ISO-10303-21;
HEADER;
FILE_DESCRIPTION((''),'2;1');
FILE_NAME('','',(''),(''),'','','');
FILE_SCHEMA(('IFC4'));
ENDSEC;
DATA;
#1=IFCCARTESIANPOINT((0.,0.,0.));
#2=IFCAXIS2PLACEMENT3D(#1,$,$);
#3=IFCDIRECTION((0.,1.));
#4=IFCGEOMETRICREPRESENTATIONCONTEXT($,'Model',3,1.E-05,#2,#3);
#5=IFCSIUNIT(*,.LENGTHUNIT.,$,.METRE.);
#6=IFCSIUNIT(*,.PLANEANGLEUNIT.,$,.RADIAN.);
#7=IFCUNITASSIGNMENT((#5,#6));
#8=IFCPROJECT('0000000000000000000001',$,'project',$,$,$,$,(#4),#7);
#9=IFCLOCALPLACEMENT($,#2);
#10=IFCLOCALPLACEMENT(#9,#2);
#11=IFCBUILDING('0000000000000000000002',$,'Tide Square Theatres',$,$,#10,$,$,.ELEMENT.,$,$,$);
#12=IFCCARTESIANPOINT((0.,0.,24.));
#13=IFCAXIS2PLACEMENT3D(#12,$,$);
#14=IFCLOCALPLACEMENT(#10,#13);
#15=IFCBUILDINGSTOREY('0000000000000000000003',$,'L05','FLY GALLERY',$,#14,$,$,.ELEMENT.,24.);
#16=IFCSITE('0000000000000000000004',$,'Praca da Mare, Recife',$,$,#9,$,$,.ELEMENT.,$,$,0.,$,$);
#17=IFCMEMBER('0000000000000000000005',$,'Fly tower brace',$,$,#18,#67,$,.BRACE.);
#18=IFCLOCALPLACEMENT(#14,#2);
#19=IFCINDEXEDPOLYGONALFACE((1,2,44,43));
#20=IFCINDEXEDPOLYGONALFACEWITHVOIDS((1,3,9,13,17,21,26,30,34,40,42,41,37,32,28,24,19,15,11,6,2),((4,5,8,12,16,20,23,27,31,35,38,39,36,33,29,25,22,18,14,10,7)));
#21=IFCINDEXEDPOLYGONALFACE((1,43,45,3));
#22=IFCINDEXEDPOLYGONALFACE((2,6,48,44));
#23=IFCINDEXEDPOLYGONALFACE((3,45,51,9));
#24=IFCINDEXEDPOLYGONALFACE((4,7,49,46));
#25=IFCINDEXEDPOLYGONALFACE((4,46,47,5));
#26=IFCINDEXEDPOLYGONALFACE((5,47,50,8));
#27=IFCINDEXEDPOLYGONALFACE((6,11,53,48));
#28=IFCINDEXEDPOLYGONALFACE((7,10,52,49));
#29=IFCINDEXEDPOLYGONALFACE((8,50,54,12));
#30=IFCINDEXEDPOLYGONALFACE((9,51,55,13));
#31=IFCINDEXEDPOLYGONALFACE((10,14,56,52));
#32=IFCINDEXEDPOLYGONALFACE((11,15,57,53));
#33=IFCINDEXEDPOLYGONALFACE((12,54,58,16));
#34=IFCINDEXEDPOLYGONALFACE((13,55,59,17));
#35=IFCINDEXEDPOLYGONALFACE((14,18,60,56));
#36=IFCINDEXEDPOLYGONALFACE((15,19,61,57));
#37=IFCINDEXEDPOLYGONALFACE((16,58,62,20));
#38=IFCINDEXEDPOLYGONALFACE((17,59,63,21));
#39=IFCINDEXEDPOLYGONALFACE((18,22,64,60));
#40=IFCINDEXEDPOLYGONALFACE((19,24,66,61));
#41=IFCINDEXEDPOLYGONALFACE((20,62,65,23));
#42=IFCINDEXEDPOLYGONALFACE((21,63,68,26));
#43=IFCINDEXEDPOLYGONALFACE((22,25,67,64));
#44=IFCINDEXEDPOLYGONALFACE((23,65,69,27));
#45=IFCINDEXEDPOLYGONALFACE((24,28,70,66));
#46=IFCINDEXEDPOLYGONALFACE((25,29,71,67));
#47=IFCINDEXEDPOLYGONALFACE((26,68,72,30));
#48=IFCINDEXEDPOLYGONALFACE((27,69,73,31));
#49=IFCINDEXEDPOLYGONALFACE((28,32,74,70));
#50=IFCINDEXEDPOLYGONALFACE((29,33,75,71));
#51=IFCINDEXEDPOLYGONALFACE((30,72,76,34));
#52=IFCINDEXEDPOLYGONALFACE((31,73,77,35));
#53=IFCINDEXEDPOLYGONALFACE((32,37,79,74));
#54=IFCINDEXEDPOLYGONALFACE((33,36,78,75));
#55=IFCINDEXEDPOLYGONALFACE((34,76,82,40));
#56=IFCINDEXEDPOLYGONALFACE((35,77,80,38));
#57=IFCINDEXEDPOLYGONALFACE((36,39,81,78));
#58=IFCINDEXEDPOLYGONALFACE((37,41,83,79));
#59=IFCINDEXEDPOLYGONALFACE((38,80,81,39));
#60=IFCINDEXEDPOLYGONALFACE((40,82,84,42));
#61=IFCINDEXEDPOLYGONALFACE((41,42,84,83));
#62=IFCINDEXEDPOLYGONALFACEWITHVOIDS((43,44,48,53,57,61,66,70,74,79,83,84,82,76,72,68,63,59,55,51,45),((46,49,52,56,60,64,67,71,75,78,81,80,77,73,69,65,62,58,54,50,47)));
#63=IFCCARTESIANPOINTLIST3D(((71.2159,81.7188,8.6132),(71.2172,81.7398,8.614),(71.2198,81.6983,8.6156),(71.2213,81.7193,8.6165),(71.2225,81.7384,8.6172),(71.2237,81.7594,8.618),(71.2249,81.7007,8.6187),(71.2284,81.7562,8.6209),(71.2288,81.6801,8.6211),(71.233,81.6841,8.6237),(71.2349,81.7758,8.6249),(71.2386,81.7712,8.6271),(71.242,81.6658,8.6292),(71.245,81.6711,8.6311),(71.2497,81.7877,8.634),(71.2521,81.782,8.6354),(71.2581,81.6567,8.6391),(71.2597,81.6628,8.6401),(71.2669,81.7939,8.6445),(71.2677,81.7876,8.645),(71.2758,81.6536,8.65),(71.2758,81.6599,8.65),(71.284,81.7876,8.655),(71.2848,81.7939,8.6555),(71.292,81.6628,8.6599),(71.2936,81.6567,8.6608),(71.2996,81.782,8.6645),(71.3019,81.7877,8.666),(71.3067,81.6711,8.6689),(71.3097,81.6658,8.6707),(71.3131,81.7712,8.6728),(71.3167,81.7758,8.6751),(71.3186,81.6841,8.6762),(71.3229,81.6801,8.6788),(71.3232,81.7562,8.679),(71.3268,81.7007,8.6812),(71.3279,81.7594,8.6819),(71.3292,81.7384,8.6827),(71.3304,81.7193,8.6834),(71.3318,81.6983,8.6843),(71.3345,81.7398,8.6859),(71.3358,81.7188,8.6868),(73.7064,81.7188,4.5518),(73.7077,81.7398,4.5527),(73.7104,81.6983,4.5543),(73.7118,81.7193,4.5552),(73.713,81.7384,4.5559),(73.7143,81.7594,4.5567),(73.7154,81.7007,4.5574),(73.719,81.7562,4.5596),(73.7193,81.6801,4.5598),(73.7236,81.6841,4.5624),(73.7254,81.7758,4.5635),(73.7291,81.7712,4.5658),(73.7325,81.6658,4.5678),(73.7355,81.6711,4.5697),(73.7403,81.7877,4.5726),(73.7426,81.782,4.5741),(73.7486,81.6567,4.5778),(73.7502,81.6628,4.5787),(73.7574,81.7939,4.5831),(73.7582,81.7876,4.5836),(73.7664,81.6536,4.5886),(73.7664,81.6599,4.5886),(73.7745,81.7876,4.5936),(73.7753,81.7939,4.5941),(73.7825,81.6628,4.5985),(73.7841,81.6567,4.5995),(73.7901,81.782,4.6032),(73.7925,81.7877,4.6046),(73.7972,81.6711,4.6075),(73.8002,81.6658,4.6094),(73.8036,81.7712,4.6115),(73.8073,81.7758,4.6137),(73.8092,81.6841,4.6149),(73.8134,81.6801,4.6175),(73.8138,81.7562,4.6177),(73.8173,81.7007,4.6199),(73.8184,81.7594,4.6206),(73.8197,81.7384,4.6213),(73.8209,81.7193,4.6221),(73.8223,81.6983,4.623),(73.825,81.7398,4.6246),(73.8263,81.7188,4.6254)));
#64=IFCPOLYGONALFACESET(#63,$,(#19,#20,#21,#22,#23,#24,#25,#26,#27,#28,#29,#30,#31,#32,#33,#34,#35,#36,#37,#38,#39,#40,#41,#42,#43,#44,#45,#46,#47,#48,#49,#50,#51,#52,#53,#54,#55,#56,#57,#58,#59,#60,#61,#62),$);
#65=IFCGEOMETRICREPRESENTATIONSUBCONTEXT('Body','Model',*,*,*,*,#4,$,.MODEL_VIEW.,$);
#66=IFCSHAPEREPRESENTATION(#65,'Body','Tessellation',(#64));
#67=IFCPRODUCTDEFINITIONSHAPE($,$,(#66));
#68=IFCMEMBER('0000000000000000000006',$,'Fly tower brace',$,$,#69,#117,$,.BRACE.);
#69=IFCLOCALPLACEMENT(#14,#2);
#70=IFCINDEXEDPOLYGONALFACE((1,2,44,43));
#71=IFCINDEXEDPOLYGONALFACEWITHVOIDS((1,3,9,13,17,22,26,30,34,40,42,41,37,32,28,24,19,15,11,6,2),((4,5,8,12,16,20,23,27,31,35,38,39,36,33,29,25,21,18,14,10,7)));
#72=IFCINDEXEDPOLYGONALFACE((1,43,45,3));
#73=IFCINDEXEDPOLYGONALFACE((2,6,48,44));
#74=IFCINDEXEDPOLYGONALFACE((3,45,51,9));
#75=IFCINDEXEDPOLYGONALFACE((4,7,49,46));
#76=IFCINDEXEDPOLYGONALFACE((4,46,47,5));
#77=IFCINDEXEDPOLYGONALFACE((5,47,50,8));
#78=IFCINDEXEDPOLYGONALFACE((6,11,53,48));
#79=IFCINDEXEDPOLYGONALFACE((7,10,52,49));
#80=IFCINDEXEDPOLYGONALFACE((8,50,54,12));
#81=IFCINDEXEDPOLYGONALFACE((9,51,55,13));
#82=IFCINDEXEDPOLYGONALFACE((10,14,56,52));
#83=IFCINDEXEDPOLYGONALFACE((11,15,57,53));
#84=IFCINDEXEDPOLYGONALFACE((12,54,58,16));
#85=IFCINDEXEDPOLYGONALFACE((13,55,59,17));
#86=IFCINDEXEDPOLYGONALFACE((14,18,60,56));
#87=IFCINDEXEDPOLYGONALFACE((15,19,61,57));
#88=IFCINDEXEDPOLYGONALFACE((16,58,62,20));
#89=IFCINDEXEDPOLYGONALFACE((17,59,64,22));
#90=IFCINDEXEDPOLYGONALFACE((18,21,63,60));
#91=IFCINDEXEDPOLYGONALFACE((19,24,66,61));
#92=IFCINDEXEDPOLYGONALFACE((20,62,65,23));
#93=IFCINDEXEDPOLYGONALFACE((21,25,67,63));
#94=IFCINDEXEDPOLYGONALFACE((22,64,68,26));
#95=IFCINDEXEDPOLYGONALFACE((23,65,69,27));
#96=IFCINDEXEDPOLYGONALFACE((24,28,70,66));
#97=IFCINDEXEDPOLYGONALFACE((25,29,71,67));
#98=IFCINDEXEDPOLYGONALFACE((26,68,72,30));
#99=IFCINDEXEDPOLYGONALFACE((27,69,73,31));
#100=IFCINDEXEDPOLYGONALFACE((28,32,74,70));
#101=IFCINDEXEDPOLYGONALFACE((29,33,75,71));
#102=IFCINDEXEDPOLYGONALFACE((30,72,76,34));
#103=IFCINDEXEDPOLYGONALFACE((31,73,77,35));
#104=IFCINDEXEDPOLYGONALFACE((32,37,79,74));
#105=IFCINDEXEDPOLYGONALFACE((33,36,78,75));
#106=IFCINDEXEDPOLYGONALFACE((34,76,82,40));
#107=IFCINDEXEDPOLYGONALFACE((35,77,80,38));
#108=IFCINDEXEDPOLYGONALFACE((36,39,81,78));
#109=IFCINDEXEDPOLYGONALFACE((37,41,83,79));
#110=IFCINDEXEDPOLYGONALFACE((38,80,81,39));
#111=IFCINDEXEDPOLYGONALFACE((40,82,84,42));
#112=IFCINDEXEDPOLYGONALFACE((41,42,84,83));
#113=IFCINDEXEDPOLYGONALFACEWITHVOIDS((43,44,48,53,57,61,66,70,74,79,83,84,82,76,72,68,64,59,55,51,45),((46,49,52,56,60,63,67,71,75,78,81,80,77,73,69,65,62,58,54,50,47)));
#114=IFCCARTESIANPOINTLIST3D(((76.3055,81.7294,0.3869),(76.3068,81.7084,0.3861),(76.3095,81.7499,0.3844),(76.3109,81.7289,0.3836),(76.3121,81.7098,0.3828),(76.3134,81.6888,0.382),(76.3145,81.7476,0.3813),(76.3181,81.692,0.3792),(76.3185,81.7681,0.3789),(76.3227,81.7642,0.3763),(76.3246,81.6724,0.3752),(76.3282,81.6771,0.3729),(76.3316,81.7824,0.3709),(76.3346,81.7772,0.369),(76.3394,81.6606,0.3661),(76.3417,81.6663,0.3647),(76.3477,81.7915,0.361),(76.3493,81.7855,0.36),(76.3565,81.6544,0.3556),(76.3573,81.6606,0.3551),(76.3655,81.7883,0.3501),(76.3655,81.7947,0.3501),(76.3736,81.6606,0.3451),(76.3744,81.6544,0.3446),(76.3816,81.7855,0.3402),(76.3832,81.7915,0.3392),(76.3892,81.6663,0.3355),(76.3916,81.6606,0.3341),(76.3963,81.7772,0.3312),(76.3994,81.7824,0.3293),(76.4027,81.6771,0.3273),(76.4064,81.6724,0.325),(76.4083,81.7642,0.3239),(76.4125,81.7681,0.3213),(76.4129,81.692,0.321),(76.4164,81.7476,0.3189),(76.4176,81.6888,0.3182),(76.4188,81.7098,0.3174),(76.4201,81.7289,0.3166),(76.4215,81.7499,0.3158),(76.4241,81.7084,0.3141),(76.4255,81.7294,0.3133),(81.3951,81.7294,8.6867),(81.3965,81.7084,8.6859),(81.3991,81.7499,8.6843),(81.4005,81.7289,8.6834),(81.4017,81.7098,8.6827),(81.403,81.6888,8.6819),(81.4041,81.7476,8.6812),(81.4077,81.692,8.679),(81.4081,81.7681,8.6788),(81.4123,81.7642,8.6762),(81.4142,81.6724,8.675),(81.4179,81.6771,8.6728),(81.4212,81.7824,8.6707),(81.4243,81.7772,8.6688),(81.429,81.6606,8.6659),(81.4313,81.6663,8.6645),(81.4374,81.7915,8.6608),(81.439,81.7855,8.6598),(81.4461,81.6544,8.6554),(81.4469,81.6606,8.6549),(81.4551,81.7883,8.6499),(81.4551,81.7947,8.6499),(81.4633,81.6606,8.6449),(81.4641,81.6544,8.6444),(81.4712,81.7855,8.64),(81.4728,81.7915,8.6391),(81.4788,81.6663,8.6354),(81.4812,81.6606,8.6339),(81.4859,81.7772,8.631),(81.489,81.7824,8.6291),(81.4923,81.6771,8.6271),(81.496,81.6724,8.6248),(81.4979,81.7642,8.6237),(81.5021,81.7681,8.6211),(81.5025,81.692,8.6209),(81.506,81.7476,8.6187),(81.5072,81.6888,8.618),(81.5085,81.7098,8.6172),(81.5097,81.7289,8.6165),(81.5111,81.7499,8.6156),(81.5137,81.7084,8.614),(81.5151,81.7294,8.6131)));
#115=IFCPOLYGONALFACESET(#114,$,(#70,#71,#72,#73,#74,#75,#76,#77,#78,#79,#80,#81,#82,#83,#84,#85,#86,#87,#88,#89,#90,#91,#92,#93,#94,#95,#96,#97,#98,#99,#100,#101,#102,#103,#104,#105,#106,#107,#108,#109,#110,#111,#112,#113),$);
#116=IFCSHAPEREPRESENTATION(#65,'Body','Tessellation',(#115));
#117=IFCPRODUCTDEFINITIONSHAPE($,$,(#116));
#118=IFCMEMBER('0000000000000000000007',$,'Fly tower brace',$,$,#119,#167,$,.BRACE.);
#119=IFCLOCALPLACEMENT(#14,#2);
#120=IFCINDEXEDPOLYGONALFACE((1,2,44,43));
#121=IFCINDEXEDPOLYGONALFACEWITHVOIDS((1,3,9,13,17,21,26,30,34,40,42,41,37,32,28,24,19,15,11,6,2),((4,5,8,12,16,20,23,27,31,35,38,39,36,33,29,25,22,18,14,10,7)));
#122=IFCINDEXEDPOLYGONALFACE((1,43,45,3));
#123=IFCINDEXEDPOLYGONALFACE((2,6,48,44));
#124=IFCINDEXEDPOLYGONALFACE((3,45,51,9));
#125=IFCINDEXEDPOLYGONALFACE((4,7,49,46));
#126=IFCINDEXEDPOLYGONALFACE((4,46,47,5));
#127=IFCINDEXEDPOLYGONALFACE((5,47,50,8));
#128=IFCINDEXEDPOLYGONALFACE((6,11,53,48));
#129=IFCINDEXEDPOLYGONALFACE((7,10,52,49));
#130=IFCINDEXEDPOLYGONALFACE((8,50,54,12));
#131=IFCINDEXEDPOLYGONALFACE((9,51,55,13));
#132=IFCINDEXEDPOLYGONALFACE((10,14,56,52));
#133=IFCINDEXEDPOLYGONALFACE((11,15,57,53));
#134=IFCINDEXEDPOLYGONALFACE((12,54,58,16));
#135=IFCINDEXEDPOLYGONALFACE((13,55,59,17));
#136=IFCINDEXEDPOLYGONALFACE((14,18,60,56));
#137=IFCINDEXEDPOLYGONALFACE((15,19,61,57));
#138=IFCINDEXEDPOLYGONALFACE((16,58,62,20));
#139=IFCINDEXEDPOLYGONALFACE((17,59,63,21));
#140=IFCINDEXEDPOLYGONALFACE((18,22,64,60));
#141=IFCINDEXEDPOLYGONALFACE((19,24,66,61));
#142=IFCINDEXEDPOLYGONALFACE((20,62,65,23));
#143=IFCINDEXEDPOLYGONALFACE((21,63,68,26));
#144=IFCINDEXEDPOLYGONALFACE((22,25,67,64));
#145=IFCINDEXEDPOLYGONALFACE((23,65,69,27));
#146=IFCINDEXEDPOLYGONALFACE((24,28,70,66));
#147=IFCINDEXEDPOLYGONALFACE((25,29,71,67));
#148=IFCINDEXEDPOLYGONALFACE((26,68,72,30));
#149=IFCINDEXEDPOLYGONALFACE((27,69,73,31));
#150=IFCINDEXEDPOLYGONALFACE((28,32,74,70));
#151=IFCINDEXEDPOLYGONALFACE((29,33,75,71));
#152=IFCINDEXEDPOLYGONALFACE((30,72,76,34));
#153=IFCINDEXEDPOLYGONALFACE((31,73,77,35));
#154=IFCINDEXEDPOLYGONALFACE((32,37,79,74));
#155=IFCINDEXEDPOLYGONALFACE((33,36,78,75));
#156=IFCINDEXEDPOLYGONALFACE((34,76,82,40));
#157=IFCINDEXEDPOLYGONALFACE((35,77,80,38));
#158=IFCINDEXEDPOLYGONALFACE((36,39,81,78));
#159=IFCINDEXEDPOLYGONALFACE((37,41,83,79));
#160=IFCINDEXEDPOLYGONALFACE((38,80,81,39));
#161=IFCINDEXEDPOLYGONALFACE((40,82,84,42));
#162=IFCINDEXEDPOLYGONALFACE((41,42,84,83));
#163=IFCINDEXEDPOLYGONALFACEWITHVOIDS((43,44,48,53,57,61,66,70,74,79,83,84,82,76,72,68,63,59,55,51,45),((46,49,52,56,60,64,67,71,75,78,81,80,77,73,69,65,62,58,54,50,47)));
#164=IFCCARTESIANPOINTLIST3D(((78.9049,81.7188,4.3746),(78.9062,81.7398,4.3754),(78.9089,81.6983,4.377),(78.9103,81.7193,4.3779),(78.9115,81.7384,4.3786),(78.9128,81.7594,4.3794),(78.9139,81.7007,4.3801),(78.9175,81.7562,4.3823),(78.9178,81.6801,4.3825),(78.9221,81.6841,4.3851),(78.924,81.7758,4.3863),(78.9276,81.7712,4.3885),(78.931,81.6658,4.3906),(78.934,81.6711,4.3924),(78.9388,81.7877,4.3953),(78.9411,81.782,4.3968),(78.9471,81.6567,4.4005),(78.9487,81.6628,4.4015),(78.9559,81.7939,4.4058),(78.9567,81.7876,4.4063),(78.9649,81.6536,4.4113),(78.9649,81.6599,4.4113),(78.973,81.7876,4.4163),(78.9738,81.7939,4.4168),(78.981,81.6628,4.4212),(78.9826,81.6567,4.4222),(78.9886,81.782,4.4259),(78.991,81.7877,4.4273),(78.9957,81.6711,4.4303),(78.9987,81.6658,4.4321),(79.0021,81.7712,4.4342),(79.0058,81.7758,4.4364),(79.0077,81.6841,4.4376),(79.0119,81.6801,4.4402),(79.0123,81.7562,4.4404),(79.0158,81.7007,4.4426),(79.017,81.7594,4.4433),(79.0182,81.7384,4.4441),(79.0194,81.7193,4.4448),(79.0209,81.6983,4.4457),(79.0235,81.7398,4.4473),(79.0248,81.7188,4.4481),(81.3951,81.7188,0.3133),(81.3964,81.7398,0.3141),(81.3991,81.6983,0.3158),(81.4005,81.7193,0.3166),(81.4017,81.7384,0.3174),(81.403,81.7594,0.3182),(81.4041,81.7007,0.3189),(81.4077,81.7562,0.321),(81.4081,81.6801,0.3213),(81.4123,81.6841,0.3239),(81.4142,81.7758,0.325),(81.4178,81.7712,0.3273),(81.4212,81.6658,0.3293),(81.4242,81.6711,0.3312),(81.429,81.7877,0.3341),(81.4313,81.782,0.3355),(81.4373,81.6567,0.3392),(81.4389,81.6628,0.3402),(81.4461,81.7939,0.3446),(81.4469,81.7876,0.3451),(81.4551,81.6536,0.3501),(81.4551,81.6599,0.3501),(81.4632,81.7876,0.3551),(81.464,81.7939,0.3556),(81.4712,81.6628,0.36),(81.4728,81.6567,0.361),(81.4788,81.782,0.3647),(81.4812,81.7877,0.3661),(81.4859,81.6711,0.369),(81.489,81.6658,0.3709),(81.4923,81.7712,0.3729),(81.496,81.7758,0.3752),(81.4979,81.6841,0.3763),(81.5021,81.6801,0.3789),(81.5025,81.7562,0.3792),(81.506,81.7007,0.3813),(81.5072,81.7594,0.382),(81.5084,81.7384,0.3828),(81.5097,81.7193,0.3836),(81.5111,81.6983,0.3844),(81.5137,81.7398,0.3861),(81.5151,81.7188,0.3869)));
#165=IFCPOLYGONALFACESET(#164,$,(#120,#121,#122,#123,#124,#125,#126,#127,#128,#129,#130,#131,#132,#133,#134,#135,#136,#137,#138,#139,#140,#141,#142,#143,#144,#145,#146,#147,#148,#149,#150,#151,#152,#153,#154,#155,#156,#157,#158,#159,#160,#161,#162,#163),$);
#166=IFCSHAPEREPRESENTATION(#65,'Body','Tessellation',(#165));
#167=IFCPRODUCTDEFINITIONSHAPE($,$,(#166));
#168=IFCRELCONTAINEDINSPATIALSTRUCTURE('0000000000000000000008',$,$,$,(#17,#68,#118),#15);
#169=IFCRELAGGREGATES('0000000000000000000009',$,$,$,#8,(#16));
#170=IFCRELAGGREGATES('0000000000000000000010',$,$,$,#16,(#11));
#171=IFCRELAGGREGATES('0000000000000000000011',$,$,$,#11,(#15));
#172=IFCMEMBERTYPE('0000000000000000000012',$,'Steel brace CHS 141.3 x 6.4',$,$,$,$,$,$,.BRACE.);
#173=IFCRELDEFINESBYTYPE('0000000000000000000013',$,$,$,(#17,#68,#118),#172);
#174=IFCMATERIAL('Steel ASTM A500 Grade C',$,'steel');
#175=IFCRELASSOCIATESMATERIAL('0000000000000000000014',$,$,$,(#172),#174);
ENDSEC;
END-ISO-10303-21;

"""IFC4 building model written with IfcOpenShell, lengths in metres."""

from ifc_helpers import new_model, si_unit, direction, frame, origin, origin_2d, place, context, subcontext, project, spatial, hollow_circle, extrude, material, material_profile, profile_set, type_object, element, save


model = new_model("IFC4")

# Units and contexts
model_context = context("Model", 3, precision=1e-05, world=origin(), true_north=direction((0.0, 1.0)))
body_context = subcontext(model_context, "Body", "Model", "MODEL_VIEW")
ifc_project = project(units=[si_unit("LENGTHUNIT", "METRE"), si_unit("PLANEANGLEUNIT", "RADIAN")], contexts=[model_context])

# Site, building, storey
site_placement = place(None, origin())
site = spatial("IfcSite", under=ifc_project, at=site_placement, Name="Praca da Mare, Recife", CompositionType="ELEMENT", RefElevation=0.0)
building_placement = place(site_placement, origin())
building = spatial("IfcBuilding", under=site, at=building_placement, Name="Tide Square Theatres", CompositionType="ELEMENT")
storey_placement = place(building_placement, frame((0.0, 0.0, 24.0)))
storey = spatial("IfcBuildingStorey", under=building, at=storey_placement, Name="L05", Description="FLY GALLERY", CompositionType="ELEMENT", Elevation=24.0)

# Members
ifc_material_1 = material(Name="Steel ASTM A500 Grade C", Category="steel")
ifc_material_profile_1 = material_profile(ifc_material_1, hollow_circle(Radius=0.0706, WallThickness=0.0063, at=origin_2d()))
ifc_profile_set_1 = profile_set([ifc_material_profile_1], Name="Steel ASTM A500 Grade C")
member_type = type_object("IfcMemberType", Name="Steel brace CHS 141.3 x 6.4", PredefinedType="BRACE", material=ifc_profile_set_1)
member_1_placement = place(storey_placement, frame((73.7664, 81.7241, 4.5886), z_axis=(-0.522762, 0.0, 0.852479), x_axis=(0.0, -1.0, 0.0)))
element("IfcMember", 1, at=member_1_placement, inside=storey, type_object=member_type, Name="Fly tower brace", PredefinedType="BRACE", context=body_context, shape_type="SweptSolid", body=[
    extrude(hollow_circle(Radius=0.0706, WallThickness=0.0063, at=origin_2d()), origin(), (0.0, 0.0, 1.0), 4.7642),
])
member_2_placement = place(storey_placement, frame((76.3655, 81.7241, 0.3501), z_axis=(0.522758, 0.0, 0.852481), x_axis=(0.0, 1.0, 0.0)))
element("IfcMember", 2, at=member_2_placement, inside=storey, type_object=member_type, Name="Fly tower brace", PredefinedType="BRACE", context=body_context, shape_type="SweptSolid", body=[
    extrude(hollow_circle(Radius=0.0706, WallThickness=0.0063, at=origin_2d()), origin(), (0.0, 0.0, 1.0), 9.7361),
])
member_3_placement = place(storey_placement, frame((81.4551, 81.7241, 0.3501), z_axis=(-0.522724, 0.0, 0.852502), x_axis=(0.0, -1.0, 0.0)))
element("IfcMember", 3, at=member_3_placement, inside=storey, type_object=member_type, Name="Fly tower brace", PredefinedType="BRACE", context=body_context, shape_type="SweptSolid", body=[
    extrude(hollow_circle(Radius=0.0706, WallThickness=0.0063, at=origin_2d()), origin(), (0.0, 0.0, 1.0), 4.7639),
])

save(model, "model.ifc")
